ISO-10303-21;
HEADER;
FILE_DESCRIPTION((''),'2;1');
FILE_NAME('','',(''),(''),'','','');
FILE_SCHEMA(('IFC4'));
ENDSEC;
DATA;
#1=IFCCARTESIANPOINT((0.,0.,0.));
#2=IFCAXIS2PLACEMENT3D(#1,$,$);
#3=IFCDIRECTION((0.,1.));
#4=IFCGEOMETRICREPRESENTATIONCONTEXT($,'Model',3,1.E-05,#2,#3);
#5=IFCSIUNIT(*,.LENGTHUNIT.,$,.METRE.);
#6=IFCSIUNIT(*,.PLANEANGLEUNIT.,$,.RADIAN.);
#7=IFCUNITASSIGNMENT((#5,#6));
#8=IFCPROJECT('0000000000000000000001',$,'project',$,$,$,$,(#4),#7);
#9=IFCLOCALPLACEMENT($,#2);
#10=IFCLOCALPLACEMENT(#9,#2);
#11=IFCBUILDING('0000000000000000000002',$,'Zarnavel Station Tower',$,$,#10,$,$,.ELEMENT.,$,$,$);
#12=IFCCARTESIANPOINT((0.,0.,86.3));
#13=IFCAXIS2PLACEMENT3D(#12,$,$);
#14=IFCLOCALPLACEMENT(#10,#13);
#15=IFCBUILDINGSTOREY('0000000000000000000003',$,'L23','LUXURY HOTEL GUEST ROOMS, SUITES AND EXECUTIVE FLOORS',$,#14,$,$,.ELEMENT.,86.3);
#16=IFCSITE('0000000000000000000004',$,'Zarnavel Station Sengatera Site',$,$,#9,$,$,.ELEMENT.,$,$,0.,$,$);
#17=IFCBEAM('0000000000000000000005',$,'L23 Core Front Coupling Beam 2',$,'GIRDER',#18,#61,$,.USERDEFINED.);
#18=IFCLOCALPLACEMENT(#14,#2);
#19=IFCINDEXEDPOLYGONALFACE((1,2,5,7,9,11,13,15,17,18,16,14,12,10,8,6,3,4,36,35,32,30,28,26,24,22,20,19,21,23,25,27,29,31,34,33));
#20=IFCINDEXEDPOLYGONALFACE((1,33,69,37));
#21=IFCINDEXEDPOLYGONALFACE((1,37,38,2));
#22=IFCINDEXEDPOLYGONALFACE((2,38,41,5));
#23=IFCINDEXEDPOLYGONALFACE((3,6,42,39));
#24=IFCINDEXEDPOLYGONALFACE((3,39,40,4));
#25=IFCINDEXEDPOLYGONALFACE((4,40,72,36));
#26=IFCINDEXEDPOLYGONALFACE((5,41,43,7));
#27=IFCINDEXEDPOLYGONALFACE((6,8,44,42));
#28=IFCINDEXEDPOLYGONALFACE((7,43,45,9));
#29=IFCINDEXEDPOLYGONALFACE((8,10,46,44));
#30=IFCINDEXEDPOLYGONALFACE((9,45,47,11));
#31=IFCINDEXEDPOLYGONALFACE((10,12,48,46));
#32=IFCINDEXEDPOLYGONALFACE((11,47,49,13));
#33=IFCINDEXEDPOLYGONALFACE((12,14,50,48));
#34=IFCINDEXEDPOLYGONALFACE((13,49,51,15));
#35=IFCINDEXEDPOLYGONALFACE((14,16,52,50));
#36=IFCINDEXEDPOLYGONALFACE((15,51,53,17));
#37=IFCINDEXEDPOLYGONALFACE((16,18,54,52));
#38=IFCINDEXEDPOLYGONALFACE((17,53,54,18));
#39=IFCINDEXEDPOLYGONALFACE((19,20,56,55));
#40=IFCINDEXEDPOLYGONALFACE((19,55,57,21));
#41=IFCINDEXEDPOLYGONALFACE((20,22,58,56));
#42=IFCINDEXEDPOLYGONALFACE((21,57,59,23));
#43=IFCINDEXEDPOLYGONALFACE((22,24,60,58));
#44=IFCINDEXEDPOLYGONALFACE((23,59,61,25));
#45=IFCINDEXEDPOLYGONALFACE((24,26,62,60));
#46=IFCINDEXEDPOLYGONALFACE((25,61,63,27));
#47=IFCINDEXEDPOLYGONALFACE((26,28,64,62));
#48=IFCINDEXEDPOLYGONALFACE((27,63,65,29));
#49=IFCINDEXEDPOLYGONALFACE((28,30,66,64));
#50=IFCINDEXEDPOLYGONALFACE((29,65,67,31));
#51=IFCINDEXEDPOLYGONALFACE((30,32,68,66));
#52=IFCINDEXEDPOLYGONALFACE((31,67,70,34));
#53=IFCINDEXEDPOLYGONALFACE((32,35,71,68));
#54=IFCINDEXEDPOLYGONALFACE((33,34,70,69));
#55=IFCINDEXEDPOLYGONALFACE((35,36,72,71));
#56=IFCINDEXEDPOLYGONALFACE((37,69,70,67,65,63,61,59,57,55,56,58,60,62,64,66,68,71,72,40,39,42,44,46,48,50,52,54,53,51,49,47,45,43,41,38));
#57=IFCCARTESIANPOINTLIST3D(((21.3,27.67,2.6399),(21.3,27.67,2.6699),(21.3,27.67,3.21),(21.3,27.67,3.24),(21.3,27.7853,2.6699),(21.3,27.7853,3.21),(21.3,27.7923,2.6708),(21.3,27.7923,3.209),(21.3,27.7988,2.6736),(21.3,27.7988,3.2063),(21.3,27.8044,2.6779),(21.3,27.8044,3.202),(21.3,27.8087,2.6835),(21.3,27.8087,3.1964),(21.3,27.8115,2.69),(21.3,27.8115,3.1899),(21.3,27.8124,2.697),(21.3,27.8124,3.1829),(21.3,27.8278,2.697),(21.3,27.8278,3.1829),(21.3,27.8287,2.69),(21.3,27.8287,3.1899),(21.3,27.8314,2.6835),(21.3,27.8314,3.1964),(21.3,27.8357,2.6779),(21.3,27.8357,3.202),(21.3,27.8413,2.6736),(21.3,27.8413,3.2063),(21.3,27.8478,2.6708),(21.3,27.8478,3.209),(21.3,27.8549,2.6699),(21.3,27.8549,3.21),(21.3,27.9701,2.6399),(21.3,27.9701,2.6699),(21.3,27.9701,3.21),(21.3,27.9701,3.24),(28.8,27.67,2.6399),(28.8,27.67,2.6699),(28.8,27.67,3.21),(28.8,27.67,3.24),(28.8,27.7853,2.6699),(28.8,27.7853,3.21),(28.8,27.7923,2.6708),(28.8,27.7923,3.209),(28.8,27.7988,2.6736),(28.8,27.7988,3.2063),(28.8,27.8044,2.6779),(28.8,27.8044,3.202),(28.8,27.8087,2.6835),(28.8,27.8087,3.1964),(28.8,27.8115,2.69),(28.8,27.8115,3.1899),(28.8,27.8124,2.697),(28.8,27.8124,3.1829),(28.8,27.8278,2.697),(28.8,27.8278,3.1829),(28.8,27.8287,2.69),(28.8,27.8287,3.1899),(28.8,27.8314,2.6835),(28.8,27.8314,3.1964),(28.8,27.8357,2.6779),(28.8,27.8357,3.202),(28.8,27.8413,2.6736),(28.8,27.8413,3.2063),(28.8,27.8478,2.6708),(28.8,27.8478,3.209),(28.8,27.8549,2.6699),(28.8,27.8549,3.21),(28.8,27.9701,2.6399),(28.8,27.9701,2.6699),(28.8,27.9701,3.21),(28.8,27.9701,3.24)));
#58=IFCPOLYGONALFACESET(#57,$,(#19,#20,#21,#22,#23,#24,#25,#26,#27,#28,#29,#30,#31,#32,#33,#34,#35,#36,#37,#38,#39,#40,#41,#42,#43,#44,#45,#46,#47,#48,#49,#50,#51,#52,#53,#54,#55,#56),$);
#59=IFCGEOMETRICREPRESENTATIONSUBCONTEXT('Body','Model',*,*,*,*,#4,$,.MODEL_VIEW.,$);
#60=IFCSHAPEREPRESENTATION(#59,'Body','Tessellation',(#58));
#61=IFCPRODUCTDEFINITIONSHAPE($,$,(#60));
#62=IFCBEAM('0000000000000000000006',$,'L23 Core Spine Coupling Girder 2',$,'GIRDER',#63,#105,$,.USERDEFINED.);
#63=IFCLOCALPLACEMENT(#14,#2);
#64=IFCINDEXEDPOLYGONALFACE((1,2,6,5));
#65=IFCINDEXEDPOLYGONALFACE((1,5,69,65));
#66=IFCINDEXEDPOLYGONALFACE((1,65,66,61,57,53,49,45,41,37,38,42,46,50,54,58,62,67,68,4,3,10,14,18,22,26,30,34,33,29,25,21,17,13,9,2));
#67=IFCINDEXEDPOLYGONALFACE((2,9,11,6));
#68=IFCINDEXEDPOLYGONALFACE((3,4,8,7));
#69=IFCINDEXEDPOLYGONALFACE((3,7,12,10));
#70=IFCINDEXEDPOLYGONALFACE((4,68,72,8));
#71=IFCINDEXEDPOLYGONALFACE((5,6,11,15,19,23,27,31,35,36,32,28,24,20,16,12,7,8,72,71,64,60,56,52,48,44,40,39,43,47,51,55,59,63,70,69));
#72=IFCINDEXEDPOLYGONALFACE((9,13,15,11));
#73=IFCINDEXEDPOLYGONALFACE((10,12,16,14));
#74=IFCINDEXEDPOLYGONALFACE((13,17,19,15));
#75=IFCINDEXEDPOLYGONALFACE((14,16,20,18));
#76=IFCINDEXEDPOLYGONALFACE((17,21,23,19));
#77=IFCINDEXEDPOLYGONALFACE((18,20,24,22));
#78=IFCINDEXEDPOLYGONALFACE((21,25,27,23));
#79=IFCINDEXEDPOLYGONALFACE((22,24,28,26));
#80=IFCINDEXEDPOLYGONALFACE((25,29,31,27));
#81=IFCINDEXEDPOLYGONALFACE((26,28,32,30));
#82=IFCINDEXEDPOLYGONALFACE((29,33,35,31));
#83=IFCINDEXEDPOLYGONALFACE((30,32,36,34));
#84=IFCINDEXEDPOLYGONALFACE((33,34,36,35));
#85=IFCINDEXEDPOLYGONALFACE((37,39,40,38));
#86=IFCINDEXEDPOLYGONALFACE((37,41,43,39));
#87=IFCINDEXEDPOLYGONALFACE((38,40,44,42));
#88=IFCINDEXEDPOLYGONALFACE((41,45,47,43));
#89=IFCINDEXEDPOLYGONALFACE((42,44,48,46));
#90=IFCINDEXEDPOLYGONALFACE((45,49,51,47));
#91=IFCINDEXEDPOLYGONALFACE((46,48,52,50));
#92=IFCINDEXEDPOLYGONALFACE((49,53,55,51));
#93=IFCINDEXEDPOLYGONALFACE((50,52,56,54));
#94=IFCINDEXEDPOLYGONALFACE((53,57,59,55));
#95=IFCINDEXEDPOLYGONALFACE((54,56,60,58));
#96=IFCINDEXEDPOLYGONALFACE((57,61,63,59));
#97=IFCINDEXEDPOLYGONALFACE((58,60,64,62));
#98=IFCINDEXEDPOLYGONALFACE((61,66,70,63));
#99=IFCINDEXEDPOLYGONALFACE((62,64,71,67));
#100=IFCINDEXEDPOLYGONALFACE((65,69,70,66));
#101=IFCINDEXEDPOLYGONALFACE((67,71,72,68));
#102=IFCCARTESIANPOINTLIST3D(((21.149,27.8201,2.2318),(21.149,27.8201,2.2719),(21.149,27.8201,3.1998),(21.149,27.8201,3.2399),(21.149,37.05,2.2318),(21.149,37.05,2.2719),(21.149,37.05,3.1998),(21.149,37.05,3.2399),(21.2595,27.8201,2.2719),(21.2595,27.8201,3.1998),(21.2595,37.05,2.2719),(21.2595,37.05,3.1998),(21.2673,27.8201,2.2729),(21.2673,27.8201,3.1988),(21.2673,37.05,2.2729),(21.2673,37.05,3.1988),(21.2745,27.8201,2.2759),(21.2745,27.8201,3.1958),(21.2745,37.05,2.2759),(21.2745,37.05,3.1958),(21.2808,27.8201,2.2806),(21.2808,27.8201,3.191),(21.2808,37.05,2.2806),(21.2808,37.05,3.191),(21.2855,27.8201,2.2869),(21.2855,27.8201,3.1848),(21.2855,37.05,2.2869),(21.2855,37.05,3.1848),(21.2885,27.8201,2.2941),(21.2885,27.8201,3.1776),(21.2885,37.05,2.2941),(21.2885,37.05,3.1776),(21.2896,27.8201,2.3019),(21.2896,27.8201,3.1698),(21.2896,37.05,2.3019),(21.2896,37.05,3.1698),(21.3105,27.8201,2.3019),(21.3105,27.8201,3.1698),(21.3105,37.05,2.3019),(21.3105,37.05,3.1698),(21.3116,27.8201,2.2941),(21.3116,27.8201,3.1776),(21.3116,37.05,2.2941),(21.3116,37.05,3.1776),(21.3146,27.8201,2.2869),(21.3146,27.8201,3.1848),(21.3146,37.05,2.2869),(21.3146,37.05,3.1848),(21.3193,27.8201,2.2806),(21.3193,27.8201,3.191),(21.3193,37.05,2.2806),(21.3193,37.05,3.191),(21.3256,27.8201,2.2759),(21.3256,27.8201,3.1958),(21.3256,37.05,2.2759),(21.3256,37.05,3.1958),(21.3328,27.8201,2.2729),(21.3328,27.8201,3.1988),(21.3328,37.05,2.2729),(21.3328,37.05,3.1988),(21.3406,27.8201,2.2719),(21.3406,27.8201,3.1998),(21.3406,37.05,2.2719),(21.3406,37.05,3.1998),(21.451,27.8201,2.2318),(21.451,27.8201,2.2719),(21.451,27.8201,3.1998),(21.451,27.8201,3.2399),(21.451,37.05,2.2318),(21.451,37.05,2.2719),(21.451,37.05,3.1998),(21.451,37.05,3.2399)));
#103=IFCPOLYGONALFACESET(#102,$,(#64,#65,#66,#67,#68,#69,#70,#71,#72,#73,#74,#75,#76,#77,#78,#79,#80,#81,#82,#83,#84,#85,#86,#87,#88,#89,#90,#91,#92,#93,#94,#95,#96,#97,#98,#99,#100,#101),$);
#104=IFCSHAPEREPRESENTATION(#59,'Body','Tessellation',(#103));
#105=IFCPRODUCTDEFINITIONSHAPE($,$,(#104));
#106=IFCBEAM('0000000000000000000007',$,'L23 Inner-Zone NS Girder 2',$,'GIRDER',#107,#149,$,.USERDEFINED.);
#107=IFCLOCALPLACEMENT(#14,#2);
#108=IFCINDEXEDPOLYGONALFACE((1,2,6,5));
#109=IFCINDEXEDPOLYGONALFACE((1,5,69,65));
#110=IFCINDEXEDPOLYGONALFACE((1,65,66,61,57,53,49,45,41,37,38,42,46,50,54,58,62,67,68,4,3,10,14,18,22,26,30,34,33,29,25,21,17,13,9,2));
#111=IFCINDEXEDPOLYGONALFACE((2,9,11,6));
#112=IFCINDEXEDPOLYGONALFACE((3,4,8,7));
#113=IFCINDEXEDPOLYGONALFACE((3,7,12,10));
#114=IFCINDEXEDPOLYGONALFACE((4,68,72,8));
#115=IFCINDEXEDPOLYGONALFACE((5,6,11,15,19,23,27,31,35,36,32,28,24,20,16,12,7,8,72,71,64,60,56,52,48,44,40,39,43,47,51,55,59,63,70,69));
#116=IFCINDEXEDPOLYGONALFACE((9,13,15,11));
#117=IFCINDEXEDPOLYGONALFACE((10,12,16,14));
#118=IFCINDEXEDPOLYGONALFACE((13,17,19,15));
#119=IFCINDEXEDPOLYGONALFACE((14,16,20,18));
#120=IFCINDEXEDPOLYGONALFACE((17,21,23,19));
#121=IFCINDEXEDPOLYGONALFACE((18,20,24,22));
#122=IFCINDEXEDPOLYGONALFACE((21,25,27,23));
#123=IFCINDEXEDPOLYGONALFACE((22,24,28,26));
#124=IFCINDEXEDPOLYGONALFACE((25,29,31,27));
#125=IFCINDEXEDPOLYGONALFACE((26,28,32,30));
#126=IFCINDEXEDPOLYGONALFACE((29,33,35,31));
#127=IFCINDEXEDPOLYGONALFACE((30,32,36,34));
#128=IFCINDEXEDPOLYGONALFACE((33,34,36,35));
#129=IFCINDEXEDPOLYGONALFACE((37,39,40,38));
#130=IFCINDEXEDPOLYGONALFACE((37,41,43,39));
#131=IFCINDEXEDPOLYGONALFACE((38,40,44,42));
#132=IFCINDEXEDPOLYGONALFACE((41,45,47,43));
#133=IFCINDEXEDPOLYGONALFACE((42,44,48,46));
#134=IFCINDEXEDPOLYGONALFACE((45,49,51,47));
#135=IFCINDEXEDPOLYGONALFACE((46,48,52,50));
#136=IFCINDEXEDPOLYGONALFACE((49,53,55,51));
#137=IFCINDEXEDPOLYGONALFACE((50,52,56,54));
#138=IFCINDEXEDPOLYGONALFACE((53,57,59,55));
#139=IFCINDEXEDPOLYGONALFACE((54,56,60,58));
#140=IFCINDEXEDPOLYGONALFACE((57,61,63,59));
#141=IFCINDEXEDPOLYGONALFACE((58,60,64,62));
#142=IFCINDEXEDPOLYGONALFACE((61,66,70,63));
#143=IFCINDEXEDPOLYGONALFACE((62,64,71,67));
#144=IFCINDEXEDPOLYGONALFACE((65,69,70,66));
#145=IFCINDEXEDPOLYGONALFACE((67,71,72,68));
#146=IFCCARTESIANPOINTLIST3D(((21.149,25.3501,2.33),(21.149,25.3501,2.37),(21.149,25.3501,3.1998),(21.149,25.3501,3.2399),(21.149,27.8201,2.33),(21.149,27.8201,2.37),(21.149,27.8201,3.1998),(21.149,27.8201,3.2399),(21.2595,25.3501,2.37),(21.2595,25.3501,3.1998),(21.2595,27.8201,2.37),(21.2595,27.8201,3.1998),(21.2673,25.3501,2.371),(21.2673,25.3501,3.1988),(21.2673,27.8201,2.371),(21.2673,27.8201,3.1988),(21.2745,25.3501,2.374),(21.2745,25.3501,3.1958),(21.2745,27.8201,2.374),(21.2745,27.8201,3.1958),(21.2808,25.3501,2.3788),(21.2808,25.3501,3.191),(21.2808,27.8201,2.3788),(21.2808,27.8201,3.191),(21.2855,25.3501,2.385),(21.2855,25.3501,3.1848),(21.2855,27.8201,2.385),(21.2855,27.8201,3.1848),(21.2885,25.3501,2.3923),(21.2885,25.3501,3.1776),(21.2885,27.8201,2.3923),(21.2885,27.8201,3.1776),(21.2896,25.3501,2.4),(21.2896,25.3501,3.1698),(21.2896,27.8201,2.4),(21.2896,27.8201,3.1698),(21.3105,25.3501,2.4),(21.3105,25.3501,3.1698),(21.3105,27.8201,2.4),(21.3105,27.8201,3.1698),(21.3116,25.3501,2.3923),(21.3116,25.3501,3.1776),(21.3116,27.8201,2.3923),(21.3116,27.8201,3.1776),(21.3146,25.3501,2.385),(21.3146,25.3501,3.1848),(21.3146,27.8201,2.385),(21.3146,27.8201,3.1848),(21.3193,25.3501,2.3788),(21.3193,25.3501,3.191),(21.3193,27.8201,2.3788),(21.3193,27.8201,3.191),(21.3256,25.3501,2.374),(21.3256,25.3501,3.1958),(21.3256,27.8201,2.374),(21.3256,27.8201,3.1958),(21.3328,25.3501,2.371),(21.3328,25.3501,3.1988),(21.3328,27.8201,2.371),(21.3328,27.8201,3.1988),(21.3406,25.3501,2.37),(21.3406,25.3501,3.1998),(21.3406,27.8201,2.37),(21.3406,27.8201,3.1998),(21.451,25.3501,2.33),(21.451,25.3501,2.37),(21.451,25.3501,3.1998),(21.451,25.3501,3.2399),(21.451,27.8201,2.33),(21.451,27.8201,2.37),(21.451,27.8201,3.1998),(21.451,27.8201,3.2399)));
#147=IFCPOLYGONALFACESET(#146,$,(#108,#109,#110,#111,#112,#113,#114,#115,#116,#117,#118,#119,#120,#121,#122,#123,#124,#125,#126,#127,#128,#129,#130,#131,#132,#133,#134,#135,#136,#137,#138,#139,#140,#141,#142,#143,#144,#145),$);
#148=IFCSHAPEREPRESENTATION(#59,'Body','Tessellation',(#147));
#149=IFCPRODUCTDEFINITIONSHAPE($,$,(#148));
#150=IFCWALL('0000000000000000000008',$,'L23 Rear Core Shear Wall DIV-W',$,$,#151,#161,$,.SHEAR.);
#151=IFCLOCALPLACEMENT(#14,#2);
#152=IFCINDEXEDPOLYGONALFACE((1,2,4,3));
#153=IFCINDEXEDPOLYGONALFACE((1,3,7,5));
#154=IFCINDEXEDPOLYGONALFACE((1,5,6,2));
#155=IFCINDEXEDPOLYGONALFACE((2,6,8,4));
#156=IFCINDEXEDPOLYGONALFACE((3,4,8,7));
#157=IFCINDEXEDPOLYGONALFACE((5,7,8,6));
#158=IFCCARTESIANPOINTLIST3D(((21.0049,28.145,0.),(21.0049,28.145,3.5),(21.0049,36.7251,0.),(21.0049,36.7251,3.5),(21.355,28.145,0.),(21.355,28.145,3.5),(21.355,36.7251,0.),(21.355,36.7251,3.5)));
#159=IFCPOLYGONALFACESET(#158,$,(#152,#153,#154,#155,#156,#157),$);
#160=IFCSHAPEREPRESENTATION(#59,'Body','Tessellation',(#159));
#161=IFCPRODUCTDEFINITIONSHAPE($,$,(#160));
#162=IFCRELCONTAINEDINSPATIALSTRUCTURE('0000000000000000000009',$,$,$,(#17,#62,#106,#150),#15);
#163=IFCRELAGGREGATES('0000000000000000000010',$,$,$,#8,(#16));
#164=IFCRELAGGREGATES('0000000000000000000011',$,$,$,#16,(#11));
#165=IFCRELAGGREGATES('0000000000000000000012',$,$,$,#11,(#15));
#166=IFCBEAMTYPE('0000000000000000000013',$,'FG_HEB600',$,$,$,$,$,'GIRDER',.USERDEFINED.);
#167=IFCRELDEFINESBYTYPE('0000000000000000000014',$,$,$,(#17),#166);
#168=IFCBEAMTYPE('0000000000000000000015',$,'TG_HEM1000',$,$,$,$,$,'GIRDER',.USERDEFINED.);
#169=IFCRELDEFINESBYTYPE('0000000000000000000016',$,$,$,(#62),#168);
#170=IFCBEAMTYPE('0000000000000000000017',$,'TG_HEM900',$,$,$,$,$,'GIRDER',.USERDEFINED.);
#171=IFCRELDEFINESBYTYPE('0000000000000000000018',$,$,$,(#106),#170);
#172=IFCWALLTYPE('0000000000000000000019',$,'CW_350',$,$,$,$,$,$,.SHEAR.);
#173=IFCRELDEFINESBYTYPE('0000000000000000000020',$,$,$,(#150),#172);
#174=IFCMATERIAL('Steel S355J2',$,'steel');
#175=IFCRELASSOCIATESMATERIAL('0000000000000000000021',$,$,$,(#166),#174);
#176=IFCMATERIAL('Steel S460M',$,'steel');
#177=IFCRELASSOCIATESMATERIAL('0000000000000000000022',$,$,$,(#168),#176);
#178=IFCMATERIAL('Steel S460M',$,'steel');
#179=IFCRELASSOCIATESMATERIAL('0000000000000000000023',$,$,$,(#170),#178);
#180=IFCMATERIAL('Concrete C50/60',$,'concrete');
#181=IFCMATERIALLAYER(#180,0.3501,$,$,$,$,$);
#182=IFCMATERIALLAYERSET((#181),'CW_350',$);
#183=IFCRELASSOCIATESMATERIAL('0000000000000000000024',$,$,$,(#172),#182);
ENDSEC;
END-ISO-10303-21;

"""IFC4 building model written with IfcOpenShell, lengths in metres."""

from ifc_helpers import new_model, si_unit, direction, frame, frame_2d, origin, origin_2d, place, context, subcontext, project, spatial, rectangle, i_section, extrude, material, layer, layer_set, material_profile, profile_set, type_object, element, save


model = new_model("IFC4")

# Units and contexts
model_context = context("Model", 3, precision=1e-05, world=origin(), true_north=direction((0.0, 1.0)))
body_context = subcontext(model_context, "Body", "Model", "MODEL_VIEW")
ifc_project = project(units=[si_unit("LENGTHUNIT", "METRE"), si_unit("PLANEANGLEUNIT", "RADIAN")], contexts=[model_context])

# Site, building, storey
site_placement = place(None, origin())
site = spatial("IfcSite", under=ifc_project, at=site_placement, Name="Zarnavel Station Sengatera Site", CompositionType="ELEMENT", RefElevation=0.0)
building_placement = place(site_placement, origin())
building = spatial("IfcBuilding", under=site, at=building_placement, Name="Zarnavel Station Tower", CompositionType="ELEMENT")
storey_placement = place(building_placement, frame((0.0, 0.0, 86.3)))
storey = spatial("IfcBuildingStorey", under=building, at=storey_placement, Name="L23", Description="LUXURY HOTEL GUEST ROOMS, SUITES AND EXECUTIVE FLOORS", CompositionType="ELEMENT", Elevation=86.3)

# Beams
ifc_material_1 = material(Name="Steel S355J2", Category="steel")
ifc_material_profile_1 = material_profile(ifc_material_1, i_section(OverallWidth=0.3, OverallDepth=0.6001, WebThickness=0.0154, FlangeThickness=0.03, FilletRadius=0.0271, at=origin_2d()), Name="HEB600")
ifc_profile_set_1 = profile_set([ifc_material_profile_1], Name="Steel S355J2")
beam_type_1 = type_object("IfcBeamType", Name="FG_HEB600", ElementType="GIRDER", PredefinedType="USERDEFINED", material=ifc_profile_set_1)
beam_1_placement = place(storey_placement, frame((21.3, 27.8201, 2.9399), z_axis=(1.0, 0.0, 0.0), x_axis=(0.0, 1.0, 0.0)))
element("IfcBeam", 1, at=beam_1_placement, inside=storey, type_object=beam_type_1, Name="L23 Core Front Coupling Beam 2", ObjectType="GIRDER", PredefinedType="USERDEFINED", context=body_context, shape_type="SweptSolid", body=[
    extrude(i_section(OverallWidth=0.3, OverallDepth=0.6001, WebThickness=0.0154, FlangeThickness=0.03, FilletRadius=0.0271, at=origin_2d()), origin(), (0.0, 0.0, 1.0), 7.5),
])
ifc_material_2 = material(Name="Steel S460M", Category="steel")
ifc_material_profile_2 = material_profile(ifc_material_2, i_section(OverallWidth=0.302, OverallDepth=1.0081, WebThickness=0.021, FlangeThickness=0.04, FilletRadius=0.03, at=origin_2d()), Name="HEM1000")
ifc_profile_set_2 = profile_set([ifc_material_profile_2], Name="Steel S460M")
beam_type_2 = type_object("IfcBeamType", Name="TG_HEM1000", ElementType="GIRDER", PredefinedType="USERDEFINED", material=ifc_profile_set_2)
beam_2_placement = place(storey_placement, frame((21.3, 27.8201, 2.7358), z_axis=(0.0, 1.0, 0.0), x_axis=(-1.0, 0.0, 0.0)))
element("IfcBeam", 2, at=beam_2_placement, inside=storey, type_object=beam_type_2, Name="L23 Core Spine Coupling Girder 2", ObjectType="GIRDER", PredefinedType="USERDEFINED", context=body_context, shape_type="SweptSolid", body=[
    extrude(i_section(OverallWidth=0.302, OverallDepth=1.0081, WebThickness=0.021, FlangeThickness=0.04, FilletRadius=0.03, at=origin_2d()), origin(), (0.0, 0.0, 1.0), 9.23),
])
ifc_material_3 = material(Name="Steel S460M", Category="steel")
ifc_material_profile_3 = material_profile(ifc_material_3, i_section(OverallWidth=0.302, OverallDepth=0.9099, WebThickness=0.021, FlangeThickness=0.04, FilletRadius=0.03, at=origin_2d()), Name="HEM900")
ifc_profile_set_3 = profile_set([ifc_material_profile_3], Name="Steel S460M")
beam_type_3 = type_object("IfcBeamType", Name="TG_HEM900", ElementType="GIRDER", PredefinedType="USERDEFINED", material=ifc_profile_set_3)
beam_3_placement = place(storey_placement, frame((21.3, 25.3501, 2.7849), z_axis=(0.0, 1.0, 0.0), x_axis=(-1.0, 0.0, 0.0)))
element("IfcBeam", 3, at=beam_3_placement, inside=storey, type_object=beam_type_3, Name="L23 Inner-Zone NS Girder 2", ObjectType="GIRDER", PredefinedType="USERDEFINED", context=body_context, shape_type="SweptSolid", body=[
    extrude(i_section(OverallWidth=0.302, OverallDepth=0.9099, WebThickness=0.021, FlangeThickness=0.04, FilletRadius=0.03, at=origin_2d()), origin(), (0.0, 0.0, 1.0), 2.47),
])

# Wall
ifc_material_4 = material(Name="Concrete C50/60", Category="concrete")
ifc_layer_1 = layer(ifc_material_4, 0.3501)
ifc_layer_set_1 = layer_set([ifc_layer_1], Name="CW_350")
wall_type_1 = type_object("IfcWallType", Name="CW_350", PredefinedType="SHEAR", material=ifc_layer_set_1)
wall_1_placement = place(storey_placement, frame((21.1799, 28.145, 0.0), z_axis=(0.0, 0.0, 1.0), x_axis=(0.0, 1.0, 0.0)))
element("IfcWall", 4, at=wall_1_placement, inside=storey, type_object=wall_type_1, Name="L23 Rear Core Shear Wall DIV-W", PredefinedType="SHEAR", context=body_context, shape_type="SweptSolid", body=[
    extrude(rectangle(XDim=8.5801, YDim=0.3501, at=frame_2d((4.29, 0.0))), origin(), (0.0, 0.0, 1.0), 3.5),
])

save(model, "model.ifc")
